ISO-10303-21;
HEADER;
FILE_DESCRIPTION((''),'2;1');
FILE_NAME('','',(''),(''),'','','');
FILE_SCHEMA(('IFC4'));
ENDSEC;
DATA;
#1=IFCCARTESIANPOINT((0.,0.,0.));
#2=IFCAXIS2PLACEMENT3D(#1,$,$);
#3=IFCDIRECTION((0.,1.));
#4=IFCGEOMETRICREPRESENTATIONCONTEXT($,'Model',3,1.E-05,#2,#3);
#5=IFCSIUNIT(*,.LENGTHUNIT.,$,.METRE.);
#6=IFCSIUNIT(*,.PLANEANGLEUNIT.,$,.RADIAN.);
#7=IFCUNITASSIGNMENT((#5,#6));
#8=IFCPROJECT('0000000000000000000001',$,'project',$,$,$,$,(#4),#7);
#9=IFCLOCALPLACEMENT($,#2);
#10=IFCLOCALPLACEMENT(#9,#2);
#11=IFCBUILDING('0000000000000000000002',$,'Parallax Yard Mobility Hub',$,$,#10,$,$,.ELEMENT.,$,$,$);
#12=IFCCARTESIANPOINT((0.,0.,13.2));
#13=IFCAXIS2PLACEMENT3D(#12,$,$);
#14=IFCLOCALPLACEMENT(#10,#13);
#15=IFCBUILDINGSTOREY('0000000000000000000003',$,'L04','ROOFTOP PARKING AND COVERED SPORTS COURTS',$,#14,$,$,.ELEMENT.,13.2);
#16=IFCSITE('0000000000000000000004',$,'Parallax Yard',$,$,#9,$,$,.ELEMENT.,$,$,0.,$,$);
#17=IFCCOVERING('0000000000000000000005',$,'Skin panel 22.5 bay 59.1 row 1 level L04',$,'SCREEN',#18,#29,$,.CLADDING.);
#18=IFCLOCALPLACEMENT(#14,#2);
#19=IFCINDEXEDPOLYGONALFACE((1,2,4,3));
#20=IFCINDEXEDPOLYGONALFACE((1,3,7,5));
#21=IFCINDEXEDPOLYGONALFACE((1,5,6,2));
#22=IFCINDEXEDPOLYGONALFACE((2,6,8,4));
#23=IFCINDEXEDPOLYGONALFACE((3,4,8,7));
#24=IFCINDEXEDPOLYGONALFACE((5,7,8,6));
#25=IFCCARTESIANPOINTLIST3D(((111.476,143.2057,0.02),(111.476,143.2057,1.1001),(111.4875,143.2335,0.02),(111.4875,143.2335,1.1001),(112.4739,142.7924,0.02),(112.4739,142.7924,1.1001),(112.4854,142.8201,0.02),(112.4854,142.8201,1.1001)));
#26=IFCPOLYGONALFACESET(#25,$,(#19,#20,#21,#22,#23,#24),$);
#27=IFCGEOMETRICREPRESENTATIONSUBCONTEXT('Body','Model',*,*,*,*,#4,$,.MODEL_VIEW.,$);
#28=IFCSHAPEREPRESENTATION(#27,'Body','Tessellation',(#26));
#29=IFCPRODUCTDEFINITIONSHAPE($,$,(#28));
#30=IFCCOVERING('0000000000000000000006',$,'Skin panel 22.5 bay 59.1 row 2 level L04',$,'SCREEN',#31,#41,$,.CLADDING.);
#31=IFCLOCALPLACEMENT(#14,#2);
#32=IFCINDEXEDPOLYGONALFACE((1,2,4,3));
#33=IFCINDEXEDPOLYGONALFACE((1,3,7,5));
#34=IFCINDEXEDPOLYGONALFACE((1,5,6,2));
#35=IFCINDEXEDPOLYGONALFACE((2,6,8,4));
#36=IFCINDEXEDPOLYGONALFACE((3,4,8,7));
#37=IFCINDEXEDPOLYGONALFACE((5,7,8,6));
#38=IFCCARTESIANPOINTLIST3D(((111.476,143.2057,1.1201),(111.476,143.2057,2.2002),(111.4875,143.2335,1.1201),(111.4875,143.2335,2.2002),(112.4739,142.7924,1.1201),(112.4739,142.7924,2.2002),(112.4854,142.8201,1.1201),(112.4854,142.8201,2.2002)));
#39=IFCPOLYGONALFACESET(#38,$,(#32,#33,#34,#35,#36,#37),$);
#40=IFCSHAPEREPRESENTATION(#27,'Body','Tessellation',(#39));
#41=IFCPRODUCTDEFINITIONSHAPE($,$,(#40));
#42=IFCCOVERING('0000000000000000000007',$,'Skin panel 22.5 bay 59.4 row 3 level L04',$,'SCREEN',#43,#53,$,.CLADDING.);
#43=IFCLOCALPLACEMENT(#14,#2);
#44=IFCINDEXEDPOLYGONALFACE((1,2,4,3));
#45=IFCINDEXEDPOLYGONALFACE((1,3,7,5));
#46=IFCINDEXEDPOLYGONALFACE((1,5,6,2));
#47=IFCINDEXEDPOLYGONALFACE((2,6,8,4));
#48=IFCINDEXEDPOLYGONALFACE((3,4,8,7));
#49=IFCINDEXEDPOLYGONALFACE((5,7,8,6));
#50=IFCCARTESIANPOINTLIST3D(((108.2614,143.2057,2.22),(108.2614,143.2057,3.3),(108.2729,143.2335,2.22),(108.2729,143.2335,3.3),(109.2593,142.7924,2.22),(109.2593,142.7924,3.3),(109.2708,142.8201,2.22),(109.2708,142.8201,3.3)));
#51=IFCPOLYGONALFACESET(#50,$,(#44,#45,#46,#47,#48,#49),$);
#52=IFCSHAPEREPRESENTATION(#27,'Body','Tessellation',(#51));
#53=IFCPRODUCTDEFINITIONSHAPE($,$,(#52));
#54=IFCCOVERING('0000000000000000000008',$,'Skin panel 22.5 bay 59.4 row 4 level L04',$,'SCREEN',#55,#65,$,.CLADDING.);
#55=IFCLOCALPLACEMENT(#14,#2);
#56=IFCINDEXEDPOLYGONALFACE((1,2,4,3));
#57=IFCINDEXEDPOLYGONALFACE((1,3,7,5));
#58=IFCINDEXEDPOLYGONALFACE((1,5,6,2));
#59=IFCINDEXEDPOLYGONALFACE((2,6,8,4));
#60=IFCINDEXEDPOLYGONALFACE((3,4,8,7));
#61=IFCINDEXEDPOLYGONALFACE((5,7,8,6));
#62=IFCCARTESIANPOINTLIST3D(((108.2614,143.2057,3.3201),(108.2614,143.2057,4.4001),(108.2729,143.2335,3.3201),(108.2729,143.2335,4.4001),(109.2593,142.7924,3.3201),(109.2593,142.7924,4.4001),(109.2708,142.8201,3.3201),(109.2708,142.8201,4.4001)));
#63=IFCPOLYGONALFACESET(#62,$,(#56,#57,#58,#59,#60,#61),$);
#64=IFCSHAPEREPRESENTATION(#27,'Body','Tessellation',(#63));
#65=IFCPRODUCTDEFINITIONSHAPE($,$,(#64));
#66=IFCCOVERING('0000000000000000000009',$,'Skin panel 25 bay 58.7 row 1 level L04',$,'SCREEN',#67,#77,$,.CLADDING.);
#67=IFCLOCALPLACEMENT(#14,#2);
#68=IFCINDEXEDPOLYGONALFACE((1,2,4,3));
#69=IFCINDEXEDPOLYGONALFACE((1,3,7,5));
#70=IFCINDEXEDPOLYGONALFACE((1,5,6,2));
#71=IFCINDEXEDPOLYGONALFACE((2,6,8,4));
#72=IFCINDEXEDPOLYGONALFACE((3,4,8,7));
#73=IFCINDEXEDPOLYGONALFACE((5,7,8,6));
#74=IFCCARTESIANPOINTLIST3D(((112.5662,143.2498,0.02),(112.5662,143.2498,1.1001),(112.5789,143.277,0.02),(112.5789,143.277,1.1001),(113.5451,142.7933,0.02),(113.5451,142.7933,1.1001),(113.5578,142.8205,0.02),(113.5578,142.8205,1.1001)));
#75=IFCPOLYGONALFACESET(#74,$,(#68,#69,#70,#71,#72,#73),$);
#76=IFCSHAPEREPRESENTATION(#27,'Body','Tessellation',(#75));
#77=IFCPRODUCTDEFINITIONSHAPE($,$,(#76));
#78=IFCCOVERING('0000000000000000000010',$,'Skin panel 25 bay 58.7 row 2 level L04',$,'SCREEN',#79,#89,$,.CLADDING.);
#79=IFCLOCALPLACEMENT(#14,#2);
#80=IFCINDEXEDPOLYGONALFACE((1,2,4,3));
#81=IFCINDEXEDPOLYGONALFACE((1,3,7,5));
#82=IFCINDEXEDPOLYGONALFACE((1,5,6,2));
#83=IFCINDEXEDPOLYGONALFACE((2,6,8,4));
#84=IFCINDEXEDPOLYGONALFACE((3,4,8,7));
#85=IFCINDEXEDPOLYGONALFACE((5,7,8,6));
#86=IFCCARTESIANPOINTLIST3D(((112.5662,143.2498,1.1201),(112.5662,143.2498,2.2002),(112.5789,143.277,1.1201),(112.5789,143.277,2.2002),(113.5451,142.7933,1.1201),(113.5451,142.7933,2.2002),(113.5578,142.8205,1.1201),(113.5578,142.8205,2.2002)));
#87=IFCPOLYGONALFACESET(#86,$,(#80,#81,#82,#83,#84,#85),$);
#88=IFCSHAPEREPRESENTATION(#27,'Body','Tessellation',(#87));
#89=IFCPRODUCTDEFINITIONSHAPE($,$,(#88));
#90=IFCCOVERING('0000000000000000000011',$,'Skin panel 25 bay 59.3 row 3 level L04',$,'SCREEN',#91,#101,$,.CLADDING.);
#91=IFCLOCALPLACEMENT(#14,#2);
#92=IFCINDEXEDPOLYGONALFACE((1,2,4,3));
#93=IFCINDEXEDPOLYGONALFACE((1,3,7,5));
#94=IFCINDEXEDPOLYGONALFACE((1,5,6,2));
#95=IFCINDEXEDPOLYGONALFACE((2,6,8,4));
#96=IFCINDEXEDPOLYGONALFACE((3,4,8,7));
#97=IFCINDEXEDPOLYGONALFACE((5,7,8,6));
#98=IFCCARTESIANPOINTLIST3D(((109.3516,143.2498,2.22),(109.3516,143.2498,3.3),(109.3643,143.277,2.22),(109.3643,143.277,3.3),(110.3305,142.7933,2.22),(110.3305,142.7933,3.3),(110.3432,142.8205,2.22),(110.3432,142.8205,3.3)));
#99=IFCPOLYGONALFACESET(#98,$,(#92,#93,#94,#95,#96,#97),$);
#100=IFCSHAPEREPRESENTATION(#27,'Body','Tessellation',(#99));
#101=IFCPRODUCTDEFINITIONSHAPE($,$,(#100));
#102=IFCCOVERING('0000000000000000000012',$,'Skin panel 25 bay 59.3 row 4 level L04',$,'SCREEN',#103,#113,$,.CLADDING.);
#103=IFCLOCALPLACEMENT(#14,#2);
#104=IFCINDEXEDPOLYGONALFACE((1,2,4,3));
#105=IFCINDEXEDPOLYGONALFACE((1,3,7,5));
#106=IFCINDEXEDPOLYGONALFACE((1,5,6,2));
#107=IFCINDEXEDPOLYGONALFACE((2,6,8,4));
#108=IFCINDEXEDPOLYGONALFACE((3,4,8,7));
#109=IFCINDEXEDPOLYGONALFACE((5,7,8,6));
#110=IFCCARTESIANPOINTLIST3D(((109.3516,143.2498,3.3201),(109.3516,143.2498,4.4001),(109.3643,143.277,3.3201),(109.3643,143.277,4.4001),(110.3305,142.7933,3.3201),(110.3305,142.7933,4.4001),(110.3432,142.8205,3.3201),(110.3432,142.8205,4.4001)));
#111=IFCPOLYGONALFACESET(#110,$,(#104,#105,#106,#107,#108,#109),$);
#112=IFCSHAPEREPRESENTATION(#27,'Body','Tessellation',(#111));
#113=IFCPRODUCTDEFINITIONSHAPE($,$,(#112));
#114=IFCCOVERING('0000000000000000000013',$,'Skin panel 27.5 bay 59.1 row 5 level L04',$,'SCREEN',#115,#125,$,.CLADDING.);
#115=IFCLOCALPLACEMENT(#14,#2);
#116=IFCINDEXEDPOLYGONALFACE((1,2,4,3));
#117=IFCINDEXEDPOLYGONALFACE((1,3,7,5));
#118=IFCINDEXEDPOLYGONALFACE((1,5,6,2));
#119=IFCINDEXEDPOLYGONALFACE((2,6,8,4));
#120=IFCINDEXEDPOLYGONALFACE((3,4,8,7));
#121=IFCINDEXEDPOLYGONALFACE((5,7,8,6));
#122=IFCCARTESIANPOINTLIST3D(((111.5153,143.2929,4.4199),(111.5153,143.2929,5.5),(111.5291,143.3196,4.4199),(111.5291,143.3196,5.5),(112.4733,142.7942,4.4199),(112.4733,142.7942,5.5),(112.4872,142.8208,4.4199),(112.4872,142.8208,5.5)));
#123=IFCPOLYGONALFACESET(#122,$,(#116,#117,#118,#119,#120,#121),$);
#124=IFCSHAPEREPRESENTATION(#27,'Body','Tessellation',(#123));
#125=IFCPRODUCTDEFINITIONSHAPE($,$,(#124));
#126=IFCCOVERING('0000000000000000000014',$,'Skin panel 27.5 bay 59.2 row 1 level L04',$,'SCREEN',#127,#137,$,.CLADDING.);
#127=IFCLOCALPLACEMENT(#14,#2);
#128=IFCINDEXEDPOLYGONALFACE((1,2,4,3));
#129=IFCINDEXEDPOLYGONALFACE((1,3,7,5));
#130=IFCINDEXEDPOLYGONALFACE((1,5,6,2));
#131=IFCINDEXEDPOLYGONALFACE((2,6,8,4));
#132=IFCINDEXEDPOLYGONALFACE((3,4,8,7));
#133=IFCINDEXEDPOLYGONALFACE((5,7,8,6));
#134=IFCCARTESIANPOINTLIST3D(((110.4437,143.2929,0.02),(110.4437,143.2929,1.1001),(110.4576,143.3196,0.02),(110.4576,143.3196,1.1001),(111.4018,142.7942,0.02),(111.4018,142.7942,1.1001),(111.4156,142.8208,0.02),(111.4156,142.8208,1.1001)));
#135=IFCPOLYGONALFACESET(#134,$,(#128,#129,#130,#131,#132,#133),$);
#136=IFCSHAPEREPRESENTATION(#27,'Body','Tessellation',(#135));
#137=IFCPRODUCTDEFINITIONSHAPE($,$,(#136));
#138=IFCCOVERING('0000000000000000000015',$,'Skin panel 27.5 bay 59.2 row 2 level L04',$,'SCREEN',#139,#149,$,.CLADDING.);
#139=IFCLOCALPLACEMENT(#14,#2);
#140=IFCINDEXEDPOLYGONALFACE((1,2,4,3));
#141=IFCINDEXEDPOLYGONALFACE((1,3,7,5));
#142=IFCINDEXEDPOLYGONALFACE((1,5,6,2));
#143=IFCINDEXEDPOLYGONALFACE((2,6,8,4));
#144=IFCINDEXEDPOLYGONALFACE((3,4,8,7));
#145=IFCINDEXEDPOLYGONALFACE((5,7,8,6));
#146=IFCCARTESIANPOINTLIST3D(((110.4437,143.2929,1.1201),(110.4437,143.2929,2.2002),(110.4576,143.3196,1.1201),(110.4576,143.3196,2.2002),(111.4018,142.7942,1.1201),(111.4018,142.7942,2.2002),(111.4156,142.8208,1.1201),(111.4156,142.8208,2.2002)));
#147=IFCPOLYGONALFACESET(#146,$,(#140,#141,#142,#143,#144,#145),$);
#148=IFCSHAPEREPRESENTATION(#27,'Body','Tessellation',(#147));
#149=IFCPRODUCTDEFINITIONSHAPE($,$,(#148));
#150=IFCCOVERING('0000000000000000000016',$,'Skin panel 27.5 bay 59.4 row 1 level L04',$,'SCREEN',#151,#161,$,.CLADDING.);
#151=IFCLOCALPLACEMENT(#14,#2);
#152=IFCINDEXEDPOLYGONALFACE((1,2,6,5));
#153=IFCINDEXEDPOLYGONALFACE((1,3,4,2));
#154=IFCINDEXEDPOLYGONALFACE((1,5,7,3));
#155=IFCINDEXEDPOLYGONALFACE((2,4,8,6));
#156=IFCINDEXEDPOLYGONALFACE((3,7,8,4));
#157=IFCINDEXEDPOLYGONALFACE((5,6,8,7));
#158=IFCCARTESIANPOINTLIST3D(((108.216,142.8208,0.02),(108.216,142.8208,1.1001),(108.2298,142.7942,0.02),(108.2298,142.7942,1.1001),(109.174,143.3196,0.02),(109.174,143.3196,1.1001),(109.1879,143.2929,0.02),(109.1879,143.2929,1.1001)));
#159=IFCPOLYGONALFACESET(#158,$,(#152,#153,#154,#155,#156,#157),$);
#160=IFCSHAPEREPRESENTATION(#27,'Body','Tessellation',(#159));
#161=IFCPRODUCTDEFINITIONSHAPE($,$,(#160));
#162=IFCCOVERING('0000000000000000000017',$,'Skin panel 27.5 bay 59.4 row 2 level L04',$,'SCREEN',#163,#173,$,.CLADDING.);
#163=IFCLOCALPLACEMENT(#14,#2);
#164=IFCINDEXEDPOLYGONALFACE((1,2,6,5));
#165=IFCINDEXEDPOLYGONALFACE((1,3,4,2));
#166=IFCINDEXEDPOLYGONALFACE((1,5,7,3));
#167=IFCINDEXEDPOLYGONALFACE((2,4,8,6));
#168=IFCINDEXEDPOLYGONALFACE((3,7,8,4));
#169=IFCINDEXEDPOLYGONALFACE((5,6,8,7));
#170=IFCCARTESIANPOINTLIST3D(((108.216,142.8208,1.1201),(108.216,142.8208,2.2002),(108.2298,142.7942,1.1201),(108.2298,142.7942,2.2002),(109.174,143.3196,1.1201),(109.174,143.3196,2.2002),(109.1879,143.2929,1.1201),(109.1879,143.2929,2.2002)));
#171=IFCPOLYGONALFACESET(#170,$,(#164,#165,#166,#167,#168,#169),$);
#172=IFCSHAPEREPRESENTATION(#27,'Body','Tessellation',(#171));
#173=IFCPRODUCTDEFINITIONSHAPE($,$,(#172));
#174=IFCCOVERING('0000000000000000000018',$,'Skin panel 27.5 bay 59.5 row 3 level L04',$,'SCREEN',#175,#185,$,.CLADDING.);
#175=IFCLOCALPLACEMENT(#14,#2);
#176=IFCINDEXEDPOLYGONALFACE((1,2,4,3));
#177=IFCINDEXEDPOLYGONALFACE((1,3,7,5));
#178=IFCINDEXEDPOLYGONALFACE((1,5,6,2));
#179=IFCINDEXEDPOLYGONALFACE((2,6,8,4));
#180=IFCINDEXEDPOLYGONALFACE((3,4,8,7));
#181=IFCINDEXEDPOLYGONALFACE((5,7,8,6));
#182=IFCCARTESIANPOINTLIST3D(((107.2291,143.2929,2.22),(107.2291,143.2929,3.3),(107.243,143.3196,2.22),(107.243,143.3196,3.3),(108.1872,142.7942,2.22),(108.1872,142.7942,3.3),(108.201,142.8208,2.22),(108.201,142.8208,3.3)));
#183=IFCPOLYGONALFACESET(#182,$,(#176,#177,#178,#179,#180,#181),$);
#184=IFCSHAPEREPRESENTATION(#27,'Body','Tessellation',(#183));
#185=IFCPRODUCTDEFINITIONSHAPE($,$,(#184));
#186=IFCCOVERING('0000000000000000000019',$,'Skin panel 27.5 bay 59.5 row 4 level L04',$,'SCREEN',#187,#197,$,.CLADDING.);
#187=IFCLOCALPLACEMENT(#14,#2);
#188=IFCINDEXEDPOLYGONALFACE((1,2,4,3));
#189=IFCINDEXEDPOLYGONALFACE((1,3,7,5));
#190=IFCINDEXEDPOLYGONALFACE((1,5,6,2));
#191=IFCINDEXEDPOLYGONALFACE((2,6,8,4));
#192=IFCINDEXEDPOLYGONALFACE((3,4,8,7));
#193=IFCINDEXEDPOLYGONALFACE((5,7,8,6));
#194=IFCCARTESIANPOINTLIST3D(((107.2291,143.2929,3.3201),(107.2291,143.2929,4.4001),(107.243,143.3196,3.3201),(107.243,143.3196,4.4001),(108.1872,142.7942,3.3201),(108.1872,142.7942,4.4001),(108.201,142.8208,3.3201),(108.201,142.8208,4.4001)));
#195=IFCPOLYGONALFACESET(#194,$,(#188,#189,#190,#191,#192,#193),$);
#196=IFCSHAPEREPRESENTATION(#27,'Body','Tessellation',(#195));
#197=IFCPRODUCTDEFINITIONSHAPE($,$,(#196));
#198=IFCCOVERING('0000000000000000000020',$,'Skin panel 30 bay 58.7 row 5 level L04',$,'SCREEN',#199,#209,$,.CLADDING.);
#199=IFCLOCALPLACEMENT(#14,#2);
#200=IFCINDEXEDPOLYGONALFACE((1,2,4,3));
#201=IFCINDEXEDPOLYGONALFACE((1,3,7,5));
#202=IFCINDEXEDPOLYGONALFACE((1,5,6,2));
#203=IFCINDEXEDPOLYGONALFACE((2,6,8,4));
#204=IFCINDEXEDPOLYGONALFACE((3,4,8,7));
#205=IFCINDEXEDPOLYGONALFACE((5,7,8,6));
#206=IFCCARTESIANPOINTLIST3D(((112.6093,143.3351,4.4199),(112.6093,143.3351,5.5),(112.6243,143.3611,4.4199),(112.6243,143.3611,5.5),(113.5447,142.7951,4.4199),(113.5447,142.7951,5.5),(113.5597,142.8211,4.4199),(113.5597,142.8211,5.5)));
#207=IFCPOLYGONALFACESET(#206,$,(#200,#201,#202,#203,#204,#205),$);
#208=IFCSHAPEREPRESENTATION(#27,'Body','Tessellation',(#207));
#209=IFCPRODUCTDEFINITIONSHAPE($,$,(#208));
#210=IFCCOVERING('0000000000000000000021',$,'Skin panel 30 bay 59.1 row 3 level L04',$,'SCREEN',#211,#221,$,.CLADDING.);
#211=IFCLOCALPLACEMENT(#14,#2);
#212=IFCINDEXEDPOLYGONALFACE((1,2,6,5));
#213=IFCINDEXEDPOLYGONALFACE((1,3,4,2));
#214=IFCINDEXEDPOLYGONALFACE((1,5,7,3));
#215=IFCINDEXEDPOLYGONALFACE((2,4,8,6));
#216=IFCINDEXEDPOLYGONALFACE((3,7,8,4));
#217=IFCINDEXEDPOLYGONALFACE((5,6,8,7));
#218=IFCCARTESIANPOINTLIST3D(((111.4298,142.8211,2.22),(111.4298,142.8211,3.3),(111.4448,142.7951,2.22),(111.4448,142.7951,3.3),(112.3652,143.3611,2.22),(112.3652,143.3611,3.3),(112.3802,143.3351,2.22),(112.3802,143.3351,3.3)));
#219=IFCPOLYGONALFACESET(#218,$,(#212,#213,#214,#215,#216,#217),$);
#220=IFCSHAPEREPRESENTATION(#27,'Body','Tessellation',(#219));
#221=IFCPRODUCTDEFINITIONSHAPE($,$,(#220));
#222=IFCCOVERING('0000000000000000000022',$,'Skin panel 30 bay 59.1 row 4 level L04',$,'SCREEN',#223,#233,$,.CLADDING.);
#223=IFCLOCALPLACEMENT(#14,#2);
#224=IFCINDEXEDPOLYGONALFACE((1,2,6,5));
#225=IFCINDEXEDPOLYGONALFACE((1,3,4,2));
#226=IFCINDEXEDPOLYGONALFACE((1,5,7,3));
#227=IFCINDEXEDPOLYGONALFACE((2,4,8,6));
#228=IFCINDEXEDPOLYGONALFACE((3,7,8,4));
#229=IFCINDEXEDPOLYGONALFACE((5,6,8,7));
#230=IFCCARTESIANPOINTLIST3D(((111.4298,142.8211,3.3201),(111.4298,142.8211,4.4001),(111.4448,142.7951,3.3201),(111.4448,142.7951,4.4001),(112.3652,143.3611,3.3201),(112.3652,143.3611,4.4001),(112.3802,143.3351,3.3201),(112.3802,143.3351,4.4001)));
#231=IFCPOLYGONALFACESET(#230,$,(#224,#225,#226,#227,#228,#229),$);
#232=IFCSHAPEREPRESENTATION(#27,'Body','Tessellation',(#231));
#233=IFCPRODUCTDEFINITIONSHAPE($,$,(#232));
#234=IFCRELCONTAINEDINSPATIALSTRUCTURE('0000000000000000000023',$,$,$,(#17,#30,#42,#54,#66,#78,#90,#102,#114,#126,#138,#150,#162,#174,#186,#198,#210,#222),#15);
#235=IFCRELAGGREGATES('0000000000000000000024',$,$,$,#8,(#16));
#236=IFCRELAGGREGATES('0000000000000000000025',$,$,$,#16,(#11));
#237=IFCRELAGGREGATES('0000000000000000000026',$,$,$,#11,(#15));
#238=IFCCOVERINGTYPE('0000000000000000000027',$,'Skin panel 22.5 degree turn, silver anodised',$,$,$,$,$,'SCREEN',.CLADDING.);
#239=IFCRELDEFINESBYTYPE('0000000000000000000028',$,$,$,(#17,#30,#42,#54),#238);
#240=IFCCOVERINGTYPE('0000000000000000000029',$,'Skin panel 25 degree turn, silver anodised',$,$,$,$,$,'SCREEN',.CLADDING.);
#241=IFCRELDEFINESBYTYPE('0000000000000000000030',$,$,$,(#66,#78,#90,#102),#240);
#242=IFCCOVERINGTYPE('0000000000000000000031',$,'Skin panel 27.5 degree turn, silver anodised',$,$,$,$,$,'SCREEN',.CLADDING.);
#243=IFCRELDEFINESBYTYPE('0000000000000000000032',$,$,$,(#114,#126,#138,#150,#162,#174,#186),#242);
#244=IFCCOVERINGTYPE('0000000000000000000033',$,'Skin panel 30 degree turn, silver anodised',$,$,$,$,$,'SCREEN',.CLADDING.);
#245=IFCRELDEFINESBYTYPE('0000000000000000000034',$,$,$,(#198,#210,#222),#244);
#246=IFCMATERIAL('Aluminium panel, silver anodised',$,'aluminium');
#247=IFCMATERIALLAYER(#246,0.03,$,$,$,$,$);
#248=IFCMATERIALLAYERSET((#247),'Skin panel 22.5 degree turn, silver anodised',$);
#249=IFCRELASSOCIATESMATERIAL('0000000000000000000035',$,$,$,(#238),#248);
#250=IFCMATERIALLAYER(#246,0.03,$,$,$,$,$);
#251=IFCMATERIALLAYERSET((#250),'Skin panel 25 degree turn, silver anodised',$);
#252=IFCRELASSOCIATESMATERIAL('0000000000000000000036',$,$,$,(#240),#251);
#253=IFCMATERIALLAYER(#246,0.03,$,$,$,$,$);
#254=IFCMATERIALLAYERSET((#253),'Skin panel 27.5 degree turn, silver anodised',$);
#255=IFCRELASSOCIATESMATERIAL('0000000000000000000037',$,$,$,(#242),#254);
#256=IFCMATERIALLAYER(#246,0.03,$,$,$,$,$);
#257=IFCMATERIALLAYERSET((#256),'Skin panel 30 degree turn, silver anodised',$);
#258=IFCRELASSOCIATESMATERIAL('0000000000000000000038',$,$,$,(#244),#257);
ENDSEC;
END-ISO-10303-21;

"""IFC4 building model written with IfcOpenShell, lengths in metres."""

from ifc_helpers import new_model, si_unit, direction, frame, origin, origin_2d, place, context, subcontext, project, spatial, rectangle, extrude, material, layer, layer_set, type_object, element, save


model = new_model("IFC4")

# Units and contexts
model_context = context("Model", 3, precision=1e-05, world=origin(), true_north=direction((0.0, 1.0)))
body_context = subcontext(model_context, "Body", "Model", "MODEL_VIEW")
ifc_project = project(units=[si_unit("LENGTHUNIT", "METRE"), si_unit("PLANEANGLEUNIT", "RADIAN")], contexts=[model_context])

# Site, building, storey
site_placement = place(None, origin())
site = spatial("IfcSite", under=ifc_project, at=site_placement, Name="Parallax Yard", CompositionType="ELEMENT", RefElevation=0.0)
building_placement = place(site_placement, origin())
building = spatial("IfcBuilding", under=site, at=building_placement, Name="Parallax Yard Mobility Hub", CompositionType="ELEMENT")
storey_placement = place(building_placement, frame((0.0, 0.0, 13.2)))
storey = spatial("IfcBuildingStorey", under=building, at=storey_placement, Name="L04", Description="ROOFTOP PARKING AND COVERED SPORTS COURTS", CompositionType="ELEMENT", Elevation=13.2)

# Coverings
ifc_material_1 = material(Name="Aluminium panel, silver anodised", Category="aluminium")
ifc_layer_1 = layer(ifc_material_1, 0.03)
ifc_layer_set_1 = layer_set([ifc_layer_1], Name="Skin panel 22.5 degree turn, silver anodised")
covering_type_1 = type_object("IfcCoveringType", Name="Skin panel 22.5 degree turn, silver anodised", ElementType="SCREEN", PredefinedType="CLADDING", material=ifc_layer_set_1)
for number, where, z_axis, x_axis, name in (
    (1, (111.9807, 143.0129, 0.02), (0.0, 0.0, 1.0), (-0.92388, 0.382683, 0.0), "Skin panel 22.5 bay 59.1 row 1 level L04"),
    (2, (111.9807, 143.0129, 1.1201), (0.0, 0.0, 1.0), (-0.92388, 0.382683, 0.0), "Skin panel 22.5 bay 59.1 row 2 level L04"),
    (3, (108.7661, 143.0129, 2.22), (0.0, 0.0, 1.0), (-0.92388, 0.382683, 0.0), "Skin panel 22.5 bay 59.4 row 3 level L04"),
    (4, (108.7661, 143.0129, 3.3201), (0.0, 0.0, 1.0), (-0.92388, 0.382683, 0.0), "Skin panel 22.5 bay 59.4 row 4 level L04"),
):
    element("IfcCovering", number, at=place(storey_placement, frame(where, z_axis=z_axis, x_axis=x_axis)), inside=storey, type_object=covering_type_1, Name=name, ObjectType="SCREEN", PredefinedType="CLADDING", context=body_context, shape_type="SweptSolid", body=[
        extrude(rectangle(XDim=1.0801, YDim=0.03, at=origin_2d()), origin(), (0.0, 0.0, 1.0), 1.0801),
    ])
ifc_layer_2 = layer(ifc_material_1, 0.03)
ifc_layer_set_2 = layer_set([ifc_layer_2], Name="Skin panel 25 degree turn, silver anodised")
covering_type_2 = type_object("IfcCoveringType", Name="Skin panel 25 degree turn, silver anodised", ElementType="SCREEN", PredefinedType="CLADDING", material=ifc_layer_set_2)
for number, where, z_axis, x_axis, name in (
    (5, (113.062, 143.0352, 0.02), (0.0, 0.0, 1.0), (-0.906308, 0.422618, 0.0), "Skin panel 25 bay 58.7 row 1 level L04"),
    (6, (113.062, 143.0352, 1.1201), (0.0, 0.0, 1.0), (-0.906308, 0.422618, 0.0), "Skin panel 25 bay 58.7 row 2 level L04"),
    (7, (109.8474, 143.0352, 2.22), (0.0, 0.0, 1.0), (-0.906308, 0.422618, 0.0), "Skin panel 25 bay 59.3 row 3 level L04"),
    (8, (109.8474, 143.0352, 3.3201), (0.0, 0.0, 1.0), (-0.906308, 0.422618, 0.0), "Skin panel 25 bay 59.3 row 4 level L04"),
):
    element("IfcCovering", number, at=place(storey_placement, frame(where, z_axis=z_axis, x_axis=x_axis)), inside=storey, type_object=covering_type_2, Name=name, ObjectType="SCREEN", PredefinedType="CLADDING", context=body_context, shape_type="SweptSolid", body=[
        extrude(rectangle(XDim=1.0801, YDim=0.03, at=origin_2d()), origin(), (0.0, 0.0, 1.0), 1.0801),
    ])
ifc_layer_3 = layer(ifc_material_1, 0.03)
ifc_layer_set_3 = layer_set([ifc_layer_3], Name="Skin panel 27.5 degree turn, silver anodised")
covering_type_3 = type_object("IfcCoveringType", Name="Skin panel 27.5 degree turn, silver anodised", ElementType="SCREEN", PredefinedType="CLADDING", material=ifc_layer_set_3)
for number, where, z_axis, x_axis, name in (
    (9, (112.0012, 143.0569, 4.4199), (0.0, 0.0, 1.0), (-0.887011, 0.461749, 0.0), "Skin panel 27.5 bay 59.1 row 5 level L04"),
    (10, (110.9297, 143.0569, 0.02), (0.0, 0.0, 1.0), (-0.887011, 0.461749, 0.0), "Skin panel 27.5 bay 59.2 row 1 level L04"),
    (11, (110.9297, 143.0569, 1.1201), (0.0, 0.0, 1.0), (-0.887011, 0.461749, 0.0), "Skin panel 27.5 bay 59.2 row 2 level L04"),
    (12, (108.7019, 143.0569, 0.02), (0.0, 0.0, 1.0), (0.887011, 0.461749, 0.0), "Skin panel 27.5 bay 59.4 row 1 level L04"),
    (13, (108.7019, 143.0569, 1.1201), (0.0, 0.0, 1.0), (0.887011, 0.461749, 0.0), "Skin panel 27.5 bay 59.4 row 2 level L04"),
    (14, (107.7151, 143.0569, 2.22), (0.0, 0.0, 1.0), (-0.887011, 0.461749, 0.0), "Skin panel 27.5 bay 59.5 row 3 level L04"),
    (15, (107.7151, 143.0569, 3.3201), (0.0, 0.0, 1.0), (-0.887011, 0.461749, 0.0), "Skin panel 27.5 bay 59.5 row 4 level L04"),
):
    element("IfcCovering", number, at=place(storey_placement, frame(where, z_axis=z_axis, x_axis=x_axis)), inside=storey, type_object=covering_type_3, Name=name, ObjectType="SCREEN", PredefinedType="CLADDING", context=body_context, shape_type="SweptSolid", body=[
        extrude(rectangle(XDim=1.0801, YDim=0.03, at=origin_2d()), origin(), (0.0, 0.0, 1.0), 1.0801),
    ])
ifc_layer_4 = layer(ifc_material_1, 0.03)
ifc_layer_set_4 = layer_set([ifc_layer_4], Name="Skin panel 30 degree turn, silver anodised")
covering_type_4 = type_object("IfcCoveringType", Name="Skin panel 30 degree turn, silver anodised", ElementType="SCREEN", PredefinedType="CLADDING", material=ifc_layer_set_4)
for number, where, z_axis, x_axis, name in (
    (16, (113.0845, 143.0781, 4.4199), (0.0, 0.0, 1.0), (-0.866025, 0.5, 0.0), "Skin panel 30 bay 58.7 row 5 level L04"),
    (17, (111.905, 143.0781, 2.22), (0.0, 0.0, 1.0), (0.866025, 0.5, 0.0), "Skin panel 30 bay 59.1 row 3 level L04"),
    (18, (111.905, 143.0781, 3.3201), (0.0, 0.0, 1.0), (0.866025, 0.5, 0.0), "Skin panel 30 bay 59.1 row 4 level L04"),
):
    element("IfcCovering", number, at=place(storey_placement, frame(where, z_axis=z_axis, x_axis=x_axis)), inside=storey, type_object=covering_type_4, Name=name, ObjectType="SCREEN", PredefinedType="CLADDING", context=body_context, shape_type="SweptSolid", body=[
        extrude(rectangle(XDim=1.0801, YDim=0.03, at=origin_2d()), origin(), (0.0, 0.0, 1.0), 1.0801),
    ])

save(model, "model.ifc")
